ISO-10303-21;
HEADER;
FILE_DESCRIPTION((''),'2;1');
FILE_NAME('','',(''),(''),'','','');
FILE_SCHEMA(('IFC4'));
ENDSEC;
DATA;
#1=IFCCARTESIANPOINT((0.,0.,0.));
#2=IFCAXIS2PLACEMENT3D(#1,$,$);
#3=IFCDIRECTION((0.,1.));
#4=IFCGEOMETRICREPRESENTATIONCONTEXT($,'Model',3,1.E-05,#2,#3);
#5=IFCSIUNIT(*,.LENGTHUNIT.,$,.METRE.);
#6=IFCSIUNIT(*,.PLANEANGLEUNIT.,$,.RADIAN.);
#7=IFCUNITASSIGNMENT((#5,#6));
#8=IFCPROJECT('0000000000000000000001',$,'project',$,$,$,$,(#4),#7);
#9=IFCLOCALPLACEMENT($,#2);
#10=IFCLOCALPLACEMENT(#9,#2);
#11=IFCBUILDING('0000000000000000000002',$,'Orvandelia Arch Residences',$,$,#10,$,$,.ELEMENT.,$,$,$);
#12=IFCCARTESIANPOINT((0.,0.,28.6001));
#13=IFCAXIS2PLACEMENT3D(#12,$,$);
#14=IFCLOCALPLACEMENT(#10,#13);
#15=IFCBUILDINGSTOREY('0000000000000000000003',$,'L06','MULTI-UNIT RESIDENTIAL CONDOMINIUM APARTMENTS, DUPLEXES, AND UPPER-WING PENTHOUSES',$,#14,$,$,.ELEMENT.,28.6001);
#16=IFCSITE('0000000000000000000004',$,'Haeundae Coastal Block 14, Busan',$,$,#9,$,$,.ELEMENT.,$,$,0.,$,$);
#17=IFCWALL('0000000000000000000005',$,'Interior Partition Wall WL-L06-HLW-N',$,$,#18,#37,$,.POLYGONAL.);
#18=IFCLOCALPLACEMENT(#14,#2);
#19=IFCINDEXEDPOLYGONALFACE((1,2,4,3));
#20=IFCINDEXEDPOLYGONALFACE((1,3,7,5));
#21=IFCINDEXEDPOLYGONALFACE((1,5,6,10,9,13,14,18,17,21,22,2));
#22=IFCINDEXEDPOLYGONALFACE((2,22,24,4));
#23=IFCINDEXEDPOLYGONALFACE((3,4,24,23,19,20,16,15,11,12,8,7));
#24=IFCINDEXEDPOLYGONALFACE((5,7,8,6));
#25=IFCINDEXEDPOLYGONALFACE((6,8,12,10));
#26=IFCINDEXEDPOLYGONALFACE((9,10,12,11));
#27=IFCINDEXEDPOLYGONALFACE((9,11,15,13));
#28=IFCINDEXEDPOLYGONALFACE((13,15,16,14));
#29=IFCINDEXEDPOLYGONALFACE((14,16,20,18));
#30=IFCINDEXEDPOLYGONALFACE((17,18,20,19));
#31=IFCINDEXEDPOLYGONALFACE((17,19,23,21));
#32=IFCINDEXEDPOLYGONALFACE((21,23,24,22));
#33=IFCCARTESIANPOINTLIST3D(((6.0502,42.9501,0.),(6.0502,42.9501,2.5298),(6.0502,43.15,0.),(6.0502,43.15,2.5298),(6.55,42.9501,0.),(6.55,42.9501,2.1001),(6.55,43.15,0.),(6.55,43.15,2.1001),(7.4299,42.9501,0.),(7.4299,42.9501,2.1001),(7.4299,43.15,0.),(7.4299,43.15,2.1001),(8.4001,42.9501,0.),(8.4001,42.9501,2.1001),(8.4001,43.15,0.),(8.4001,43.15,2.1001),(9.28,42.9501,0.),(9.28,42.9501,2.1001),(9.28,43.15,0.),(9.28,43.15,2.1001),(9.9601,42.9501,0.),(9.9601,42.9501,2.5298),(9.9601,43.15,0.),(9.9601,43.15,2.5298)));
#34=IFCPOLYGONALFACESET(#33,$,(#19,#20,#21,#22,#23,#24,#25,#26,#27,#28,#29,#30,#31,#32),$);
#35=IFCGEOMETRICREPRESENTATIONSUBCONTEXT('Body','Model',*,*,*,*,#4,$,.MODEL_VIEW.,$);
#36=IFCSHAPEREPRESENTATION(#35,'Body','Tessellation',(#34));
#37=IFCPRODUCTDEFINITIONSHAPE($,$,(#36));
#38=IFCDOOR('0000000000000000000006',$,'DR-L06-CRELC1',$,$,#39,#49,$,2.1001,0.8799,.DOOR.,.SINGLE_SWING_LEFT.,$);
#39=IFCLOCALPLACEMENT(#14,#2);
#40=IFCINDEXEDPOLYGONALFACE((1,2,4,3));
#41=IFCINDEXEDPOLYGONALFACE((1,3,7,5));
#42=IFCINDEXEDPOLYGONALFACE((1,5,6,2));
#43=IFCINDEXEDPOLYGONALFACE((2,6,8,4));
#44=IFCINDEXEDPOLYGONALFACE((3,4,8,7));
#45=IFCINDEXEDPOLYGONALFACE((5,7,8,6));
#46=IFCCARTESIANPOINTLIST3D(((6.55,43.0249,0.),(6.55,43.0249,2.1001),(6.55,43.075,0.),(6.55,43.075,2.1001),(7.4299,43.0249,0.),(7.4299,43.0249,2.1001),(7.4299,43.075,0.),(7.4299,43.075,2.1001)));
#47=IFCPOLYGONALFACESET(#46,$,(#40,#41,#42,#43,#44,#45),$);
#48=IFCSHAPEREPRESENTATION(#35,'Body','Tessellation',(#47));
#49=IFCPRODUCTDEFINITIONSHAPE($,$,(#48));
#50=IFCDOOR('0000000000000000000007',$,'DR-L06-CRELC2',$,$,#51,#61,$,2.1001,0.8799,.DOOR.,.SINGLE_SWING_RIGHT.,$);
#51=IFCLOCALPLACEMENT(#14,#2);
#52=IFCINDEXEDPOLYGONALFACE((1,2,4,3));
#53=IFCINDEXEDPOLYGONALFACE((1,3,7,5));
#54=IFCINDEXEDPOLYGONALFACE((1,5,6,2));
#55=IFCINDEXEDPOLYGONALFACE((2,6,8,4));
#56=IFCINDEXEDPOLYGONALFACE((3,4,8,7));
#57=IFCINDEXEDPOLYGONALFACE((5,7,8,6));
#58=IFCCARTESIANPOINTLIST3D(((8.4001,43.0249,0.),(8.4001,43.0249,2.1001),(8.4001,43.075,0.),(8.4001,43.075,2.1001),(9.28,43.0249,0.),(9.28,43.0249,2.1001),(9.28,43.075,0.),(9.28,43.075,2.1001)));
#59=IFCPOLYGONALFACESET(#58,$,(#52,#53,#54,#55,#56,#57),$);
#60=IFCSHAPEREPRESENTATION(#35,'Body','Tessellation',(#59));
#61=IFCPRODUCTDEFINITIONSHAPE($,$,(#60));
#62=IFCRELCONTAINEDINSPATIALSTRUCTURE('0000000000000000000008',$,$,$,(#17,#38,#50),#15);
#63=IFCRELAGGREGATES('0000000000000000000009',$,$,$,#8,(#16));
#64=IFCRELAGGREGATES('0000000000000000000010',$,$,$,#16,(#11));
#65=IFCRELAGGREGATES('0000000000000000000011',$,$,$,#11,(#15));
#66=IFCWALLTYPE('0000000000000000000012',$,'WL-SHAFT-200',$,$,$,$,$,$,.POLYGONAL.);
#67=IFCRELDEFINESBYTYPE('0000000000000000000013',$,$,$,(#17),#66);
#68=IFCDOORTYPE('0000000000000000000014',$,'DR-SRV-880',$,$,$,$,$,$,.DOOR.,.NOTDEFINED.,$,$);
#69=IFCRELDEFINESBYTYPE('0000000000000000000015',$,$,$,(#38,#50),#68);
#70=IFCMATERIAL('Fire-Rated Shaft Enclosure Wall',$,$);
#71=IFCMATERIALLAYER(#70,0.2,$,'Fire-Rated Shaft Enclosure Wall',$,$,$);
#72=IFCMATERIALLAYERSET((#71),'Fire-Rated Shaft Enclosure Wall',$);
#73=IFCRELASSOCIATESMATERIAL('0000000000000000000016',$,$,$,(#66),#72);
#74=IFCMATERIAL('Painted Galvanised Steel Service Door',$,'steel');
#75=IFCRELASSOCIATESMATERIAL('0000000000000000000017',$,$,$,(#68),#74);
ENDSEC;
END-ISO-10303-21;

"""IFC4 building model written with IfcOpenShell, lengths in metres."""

from ifc_helpers import new_model, si_unit, direction, frame, frame_2d, origin, place, context, subcontext, project, spatial, rectangle, extrude, material, layer, layer_set, type_object, element, fill, save


model = new_model("IFC4")

# Units and contexts
model_context = context("Model", 3, precision=1e-05, world=origin(), true_north=direction((0.0, 1.0)))
body_context = subcontext(model_context, "Body", "Model", "MODEL_VIEW")
ifc_project = project(units=[si_unit("LENGTHUNIT", "METRE"), si_unit("PLANEANGLEUNIT", "RADIAN")], contexts=[model_context])

# Site, building, storey
site_placement = place(None, origin())
site = spatial("IfcSite", under=ifc_project, at=site_placement, Name="Haeundae Coastal Block 14, Busan", CompositionType="ELEMENT", RefElevation=0.0)
building_placement = place(site_placement, origin())
building = spatial("IfcBuilding", under=site, at=building_placement, Name="Orvandelia Arch Residences", CompositionType="ELEMENT")
storey_placement = place(building_placement, frame((0.0, 0.0, 28.6001)))
storey = spatial("IfcBuildingStorey", under=building, at=storey_placement, Name="L06", Description="MULTI-UNIT RESIDENTIAL CONDOMINIUM APARTMENTS, DUPLEXES, AND UPPER-WING PENTHOUSES", CompositionType="ELEMENT", Elevation=28.6001)

# Wall, openings, doors
ifc_material_1 = material(Name="Fire-Rated Shaft Enclosure Wall")
ifc_layer_1 = layer(ifc_material_1, 0.2, Name="Fire-Rated Shaft Enclosure Wall")
ifc_layer_set_1 = layer_set([ifc_layer_1], Name="Fire-Rated Shaft Enclosure Wall")
wall_type_1 = type_object("IfcWallType", Name="WL-SHAFT-200", PredefinedType="POLYGONAL", material=ifc_layer_set_1)
wall_1_placement = place(storey_placement, frame((6.05, 43.05, 0.0), z_axis=(0.0, 0.0, 1.0), x_axis=(1.0, 0.0, 0.0)))
wall_1 = element("IfcWall", 1, at=wall_1_placement, inside=storey, type_object=wall_type_1, Name="Interior Partition Wall WL-L06-HLW-N", PredefinedType="POLYGONAL", context=body_context, shape_type="SweptSolid", body=[
    extrude(rectangle(XDim=3.9099, YDim=0.2, at=frame_2d((1.9551, 0.0))), origin(), (0.0, 0.0, 1.0), 2.5298),
])
opening_1_placement = place(wall_1_placement, frame((0.5, 0.0, 0.0)))
opening_1 = element("IfcOpeningElement", 2, at=opening_1_placement, cuts=wall_1, PredefinedType="OPENING", context=body_context, shape_type="SweptSolid", body=[
    extrude(rectangle(XDim=0.8799, YDim=2.1001, at=frame_2d((0.4399, 1.05))), frame((0.0, 0.1099, 0.0), z_axis=(0.0, -1.0, 0.0), x_axis=(1.0, 0.0, 0.0)), (0.0, 0.0, 1.0), 0.22),
])
opening_2_placement = place(wall_1_placement, frame((2.3501, 0.0, 0.0)))
opening_2 = element("IfcOpeningElement", 3, at=opening_2_placement, cuts=wall_1, PredefinedType="OPENING", context=body_context, shape_type="SweptSolid", body=[
    extrude(rectangle(XDim=0.8799, YDim=2.1001, at=frame_2d((0.4399, 1.05))), frame((0.0, 0.1099, 0.0), z_axis=(0.0, -1.0, 0.0), x_axis=(1.0, 0.0, 0.0)), (0.0, 0.0, 1.0), 0.22),
])
ifc_material_2 = material(Name="Painted Galvanised Steel Service Door", Category="steel")
door_type = type_object("IfcDoorType", Name="DR-SRV-880", OperationType="NOTDEFINED", PredefinedType="DOOR", material=ifc_material_2)
door_1_placement = place(opening_1_placement, origin())
door_1 = element("IfcDoor", 4, at=door_1_placement, inside=storey, type_object=door_type, Name="DR-L06-CRELC1", OperationType="SINGLE_SWING_LEFT", OverallHeight=2.1001, OverallWidth=0.8799, PredefinedType="DOOR", context=body_context, shape_type="SweptSolid", body=[
    extrude(rectangle(XDim=0.8799, YDim=2.1001, at=frame_2d((0.4399, 1.05))), frame((0.0, 0.0249, 0.0), z_axis=(0.0, -1.0, 0.0), x_axis=(1.0, 0.0, 0.0)), (0.0, 0.0, 1.0), 0.05),
])
fill(opening_1, door_1)
door_2_placement = place(opening_2_placement, origin())
door_2 = element("IfcDoor", 5, at=door_2_placement, inside=storey, type_object=door_type, Name="DR-L06-CRELC2", OperationType="SINGLE_SWING_RIGHT", OverallHeight=2.1001, OverallWidth=0.8799, PredefinedType="DOOR", context=body_context, shape_type="SweptSolid", body=[
    extrude(rectangle(XDim=0.8799, YDim=2.1001, at=frame_2d((0.4399, 1.05))), frame((0.0, 0.0249, 0.0), z_axis=(0.0, -1.0, 0.0), x_axis=(1.0, 0.0, 0.0)), (0.0, 0.0, 1.0), 0.05),
])
fill(opening_2, door_2)

save(model, "model.ifc")
